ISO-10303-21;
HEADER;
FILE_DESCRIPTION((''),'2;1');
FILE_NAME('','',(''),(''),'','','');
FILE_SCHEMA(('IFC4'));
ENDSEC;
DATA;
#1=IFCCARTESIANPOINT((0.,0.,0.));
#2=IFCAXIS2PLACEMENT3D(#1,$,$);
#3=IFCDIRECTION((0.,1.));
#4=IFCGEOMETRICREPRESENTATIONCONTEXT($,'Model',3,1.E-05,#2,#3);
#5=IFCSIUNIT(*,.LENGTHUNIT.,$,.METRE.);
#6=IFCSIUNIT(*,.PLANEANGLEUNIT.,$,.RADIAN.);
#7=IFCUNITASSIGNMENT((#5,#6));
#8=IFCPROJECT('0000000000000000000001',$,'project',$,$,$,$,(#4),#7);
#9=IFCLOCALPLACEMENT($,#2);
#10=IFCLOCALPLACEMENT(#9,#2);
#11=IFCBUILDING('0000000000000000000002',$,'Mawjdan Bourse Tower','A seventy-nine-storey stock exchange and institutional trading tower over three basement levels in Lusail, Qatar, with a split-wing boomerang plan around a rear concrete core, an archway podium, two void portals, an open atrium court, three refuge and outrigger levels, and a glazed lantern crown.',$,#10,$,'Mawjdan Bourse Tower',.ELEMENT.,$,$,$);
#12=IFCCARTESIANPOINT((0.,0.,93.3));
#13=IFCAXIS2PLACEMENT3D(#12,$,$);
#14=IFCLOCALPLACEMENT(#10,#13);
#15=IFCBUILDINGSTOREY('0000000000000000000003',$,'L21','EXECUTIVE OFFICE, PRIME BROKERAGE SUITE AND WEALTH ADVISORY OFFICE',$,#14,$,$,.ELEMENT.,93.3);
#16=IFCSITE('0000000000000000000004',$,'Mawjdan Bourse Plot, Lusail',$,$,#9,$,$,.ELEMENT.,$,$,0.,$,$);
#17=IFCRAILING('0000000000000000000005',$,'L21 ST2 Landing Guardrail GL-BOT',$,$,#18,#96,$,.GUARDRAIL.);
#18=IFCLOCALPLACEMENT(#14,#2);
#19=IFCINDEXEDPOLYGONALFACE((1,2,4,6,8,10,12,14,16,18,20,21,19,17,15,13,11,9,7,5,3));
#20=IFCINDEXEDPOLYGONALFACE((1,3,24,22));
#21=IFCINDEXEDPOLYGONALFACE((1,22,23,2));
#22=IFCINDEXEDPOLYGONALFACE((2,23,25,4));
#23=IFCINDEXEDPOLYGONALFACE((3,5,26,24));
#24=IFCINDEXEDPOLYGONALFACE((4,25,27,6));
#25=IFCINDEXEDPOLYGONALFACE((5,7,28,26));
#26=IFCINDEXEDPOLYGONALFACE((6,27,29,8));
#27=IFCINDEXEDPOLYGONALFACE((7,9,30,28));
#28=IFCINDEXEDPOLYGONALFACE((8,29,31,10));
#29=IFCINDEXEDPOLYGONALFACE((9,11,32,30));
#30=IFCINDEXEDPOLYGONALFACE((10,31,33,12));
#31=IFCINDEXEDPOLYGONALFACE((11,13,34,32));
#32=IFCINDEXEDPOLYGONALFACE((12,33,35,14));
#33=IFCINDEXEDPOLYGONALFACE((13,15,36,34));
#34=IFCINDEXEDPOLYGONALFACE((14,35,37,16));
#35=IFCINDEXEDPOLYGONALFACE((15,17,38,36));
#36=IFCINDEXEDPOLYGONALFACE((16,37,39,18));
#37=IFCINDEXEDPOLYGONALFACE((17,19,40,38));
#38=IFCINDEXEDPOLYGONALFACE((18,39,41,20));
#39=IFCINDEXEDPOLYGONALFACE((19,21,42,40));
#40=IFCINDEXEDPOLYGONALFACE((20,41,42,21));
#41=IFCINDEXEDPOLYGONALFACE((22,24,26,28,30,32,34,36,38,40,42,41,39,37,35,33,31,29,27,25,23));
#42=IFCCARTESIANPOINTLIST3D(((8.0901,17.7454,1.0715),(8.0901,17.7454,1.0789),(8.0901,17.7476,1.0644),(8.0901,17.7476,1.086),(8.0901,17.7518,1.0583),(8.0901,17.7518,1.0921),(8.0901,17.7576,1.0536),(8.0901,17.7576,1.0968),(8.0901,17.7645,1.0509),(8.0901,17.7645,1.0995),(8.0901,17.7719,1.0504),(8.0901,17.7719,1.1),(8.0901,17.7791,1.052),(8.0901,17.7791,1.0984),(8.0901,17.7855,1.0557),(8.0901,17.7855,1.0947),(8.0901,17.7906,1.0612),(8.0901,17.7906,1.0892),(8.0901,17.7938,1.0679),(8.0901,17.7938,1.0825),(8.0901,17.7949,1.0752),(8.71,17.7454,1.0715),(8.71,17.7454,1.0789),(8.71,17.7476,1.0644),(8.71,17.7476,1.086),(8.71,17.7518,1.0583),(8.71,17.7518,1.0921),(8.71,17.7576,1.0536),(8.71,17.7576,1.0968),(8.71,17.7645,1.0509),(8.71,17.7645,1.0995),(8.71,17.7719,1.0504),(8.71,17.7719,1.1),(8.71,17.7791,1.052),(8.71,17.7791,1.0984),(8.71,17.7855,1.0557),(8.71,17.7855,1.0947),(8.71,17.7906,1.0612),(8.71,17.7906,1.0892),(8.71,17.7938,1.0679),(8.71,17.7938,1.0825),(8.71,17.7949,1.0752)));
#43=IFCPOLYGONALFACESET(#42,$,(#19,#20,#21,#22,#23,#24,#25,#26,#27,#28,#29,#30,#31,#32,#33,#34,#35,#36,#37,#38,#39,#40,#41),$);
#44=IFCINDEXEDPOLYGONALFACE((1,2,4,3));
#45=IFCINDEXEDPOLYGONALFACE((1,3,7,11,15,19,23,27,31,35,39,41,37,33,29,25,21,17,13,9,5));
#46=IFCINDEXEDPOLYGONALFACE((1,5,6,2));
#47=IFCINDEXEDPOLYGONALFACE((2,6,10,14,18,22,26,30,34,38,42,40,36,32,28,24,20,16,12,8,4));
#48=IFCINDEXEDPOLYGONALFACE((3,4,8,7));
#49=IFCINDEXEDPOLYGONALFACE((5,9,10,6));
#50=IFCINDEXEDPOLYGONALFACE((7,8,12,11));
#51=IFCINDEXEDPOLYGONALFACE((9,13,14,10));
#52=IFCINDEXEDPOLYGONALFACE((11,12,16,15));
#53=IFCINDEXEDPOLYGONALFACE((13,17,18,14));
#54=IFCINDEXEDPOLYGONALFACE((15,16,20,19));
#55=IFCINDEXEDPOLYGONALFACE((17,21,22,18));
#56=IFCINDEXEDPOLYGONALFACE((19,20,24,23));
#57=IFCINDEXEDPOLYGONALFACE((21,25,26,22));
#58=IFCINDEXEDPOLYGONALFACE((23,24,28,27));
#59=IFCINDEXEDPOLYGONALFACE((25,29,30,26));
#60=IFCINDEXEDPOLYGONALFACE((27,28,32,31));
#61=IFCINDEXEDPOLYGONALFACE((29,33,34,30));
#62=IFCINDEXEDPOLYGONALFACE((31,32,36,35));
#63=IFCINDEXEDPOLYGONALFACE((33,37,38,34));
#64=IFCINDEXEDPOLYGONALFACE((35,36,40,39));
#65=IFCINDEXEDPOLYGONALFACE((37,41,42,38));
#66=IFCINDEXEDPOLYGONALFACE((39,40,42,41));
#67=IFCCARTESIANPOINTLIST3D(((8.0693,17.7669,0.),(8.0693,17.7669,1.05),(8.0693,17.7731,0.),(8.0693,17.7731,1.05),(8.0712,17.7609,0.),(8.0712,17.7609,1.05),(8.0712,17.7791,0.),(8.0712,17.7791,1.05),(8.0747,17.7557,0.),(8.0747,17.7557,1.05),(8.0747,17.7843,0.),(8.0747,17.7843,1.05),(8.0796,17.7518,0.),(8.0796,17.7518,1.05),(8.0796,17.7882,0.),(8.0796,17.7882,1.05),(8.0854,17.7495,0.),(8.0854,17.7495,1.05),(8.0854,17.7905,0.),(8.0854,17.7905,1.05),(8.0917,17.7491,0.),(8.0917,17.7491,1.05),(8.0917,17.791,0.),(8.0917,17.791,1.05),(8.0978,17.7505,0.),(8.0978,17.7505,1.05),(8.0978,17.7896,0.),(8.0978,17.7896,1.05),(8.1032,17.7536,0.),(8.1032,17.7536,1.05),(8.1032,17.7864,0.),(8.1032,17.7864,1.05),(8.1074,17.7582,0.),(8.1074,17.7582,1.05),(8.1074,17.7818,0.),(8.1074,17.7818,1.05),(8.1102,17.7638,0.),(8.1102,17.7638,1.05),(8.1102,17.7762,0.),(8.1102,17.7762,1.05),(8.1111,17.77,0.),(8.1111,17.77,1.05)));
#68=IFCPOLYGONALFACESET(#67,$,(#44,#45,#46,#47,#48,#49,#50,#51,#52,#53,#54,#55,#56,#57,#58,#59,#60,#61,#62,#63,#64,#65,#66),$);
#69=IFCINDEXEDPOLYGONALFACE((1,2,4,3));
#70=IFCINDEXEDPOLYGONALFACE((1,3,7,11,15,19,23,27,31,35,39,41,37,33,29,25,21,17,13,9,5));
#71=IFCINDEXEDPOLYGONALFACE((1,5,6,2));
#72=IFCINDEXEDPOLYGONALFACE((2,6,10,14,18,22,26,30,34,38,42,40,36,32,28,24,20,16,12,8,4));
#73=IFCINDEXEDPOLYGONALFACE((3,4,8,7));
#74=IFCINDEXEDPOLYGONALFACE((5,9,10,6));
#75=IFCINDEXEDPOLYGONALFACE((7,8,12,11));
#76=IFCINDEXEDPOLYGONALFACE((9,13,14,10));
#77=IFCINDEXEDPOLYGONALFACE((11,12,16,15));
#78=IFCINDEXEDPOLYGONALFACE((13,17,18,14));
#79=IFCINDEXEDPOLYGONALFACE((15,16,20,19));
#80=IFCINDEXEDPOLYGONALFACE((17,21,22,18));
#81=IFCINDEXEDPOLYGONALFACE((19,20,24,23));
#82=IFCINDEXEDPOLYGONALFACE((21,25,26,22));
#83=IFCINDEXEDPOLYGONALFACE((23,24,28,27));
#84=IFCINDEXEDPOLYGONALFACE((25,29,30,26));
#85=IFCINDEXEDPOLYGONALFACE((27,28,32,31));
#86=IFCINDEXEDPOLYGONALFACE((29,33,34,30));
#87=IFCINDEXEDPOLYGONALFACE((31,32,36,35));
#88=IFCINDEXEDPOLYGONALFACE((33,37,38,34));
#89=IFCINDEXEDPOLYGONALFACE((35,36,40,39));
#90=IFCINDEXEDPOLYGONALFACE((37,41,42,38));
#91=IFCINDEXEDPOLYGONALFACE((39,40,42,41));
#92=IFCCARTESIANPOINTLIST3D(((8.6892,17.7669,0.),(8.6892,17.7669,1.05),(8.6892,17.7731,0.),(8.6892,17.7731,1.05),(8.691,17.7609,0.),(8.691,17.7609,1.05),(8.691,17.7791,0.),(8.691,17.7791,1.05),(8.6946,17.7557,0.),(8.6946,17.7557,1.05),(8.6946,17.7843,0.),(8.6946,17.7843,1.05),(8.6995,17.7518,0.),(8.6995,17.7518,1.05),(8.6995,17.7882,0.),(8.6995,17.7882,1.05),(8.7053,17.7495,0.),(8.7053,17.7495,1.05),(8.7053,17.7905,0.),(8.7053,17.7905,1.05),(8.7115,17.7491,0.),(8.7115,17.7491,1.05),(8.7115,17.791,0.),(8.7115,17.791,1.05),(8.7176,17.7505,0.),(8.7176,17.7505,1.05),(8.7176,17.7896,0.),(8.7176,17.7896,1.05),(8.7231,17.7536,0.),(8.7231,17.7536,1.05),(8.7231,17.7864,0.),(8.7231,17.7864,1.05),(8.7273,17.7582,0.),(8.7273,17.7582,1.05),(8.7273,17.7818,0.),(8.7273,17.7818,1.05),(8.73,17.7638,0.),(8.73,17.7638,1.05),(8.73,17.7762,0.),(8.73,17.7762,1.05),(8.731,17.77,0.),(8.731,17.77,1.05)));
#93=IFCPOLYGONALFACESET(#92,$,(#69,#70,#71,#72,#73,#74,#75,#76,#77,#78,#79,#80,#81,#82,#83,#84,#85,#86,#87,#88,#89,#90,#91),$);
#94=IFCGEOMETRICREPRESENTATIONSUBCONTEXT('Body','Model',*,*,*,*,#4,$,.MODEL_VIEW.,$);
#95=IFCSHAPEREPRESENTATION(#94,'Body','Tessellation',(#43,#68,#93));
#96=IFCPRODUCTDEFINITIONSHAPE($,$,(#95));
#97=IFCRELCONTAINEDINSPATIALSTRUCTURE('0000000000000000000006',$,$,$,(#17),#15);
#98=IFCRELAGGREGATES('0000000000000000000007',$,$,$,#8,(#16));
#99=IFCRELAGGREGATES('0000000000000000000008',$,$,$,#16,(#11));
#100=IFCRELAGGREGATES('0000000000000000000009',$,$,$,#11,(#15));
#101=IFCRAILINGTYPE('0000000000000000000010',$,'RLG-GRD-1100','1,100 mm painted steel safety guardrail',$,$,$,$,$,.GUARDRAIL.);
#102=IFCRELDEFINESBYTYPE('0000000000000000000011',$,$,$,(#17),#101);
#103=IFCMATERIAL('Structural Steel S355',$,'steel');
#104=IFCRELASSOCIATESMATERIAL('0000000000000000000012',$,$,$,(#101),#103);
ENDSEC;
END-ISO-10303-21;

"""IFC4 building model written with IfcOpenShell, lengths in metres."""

from ifc_helpers import new_model, si_unit, direction, frame, origin, origin_2d, place, context, subcontext, project, spatial, circle, extrude, material, type_object, element, save


model = new_model("IFC4")

# Units and contexts
model_context = context("Model", 3, precision=1e-05, world=origin(), true_north=direction((0.0, 1.0)))
body_context = subcontext(model_context, "Body", "Model", "MODEL_VIEW")
ifc_project = project(units=[si_unit("LENGTHUNIT", "METRE"), si_unit("PLANEANGLEUNIT", "RADIAN")], contexts=[model_context])

# Site, building, storey
site_placement = place(None, origin())
site = spatial("IfcSite", under=ifc_project, at=site_placement, Name="Mawjdan Bourse Plot, Lusail", CompositionType="ELEMENT", RefElevation=0.0)
building_placement = place(site_placement, origin())
building = spatial("IfcBuilding", under=site, at=building_placement, Name="Mawjdan Bourse Tower", Description="A seventy-nine-storey stock exchange and institutional trading tower over three basement levels in Lusail, Qatar, with a split-wing boomerang plan around a rear concrete core, an archway podium, two void portals, an open atrium court, three refuge and outrigger levels, and a glazed lantern crown.", LongName="Mawjdan Bourse Tower", CompositionType="ELEMENT")
storey_placement = place(building_placement, frame((0.0, 0.0, 93.3)))
storey = spatial("IfcBuildingStorey", under=building, at=storey_placement, Name="L21", Description="EXECUTIVE OFFICE, PRIME BROKERAGE SUITE AND WEALTH ADVISORY OFFICE", CompositionType="ELEMENT", Elevation=93.3)

# Railing
ifc_material_1 = material(Name="Structural Steel S355", Category="steel")
railing_type_1 = type_object("IfcRailingType", Name="RLG-GRD-1100", Description="1,100 mm painted steel safety guardrail", PredefinedType="GUARDRAIL", material=ifc_material_1)
for number, where, name in (
    (1, (8.0901, 17.77, 0.0), "L21 ST2 Landing Guardrail GL-BOT"),
):
    element("IfcRailing", number, at=place(storey_placement, frame(where)), inside=storey, type_object=railing_type_1, Name=name, PredefinedType="GUARDRAIL", context=body_context, shape_type="SweptSolid", body=[
        extrude(circle(Radius=0.0249, at=origin_2d()), frame((0.0, 0.0, 1.0752), z_axis=(1.0, 0.0, 0.0), x_axis=(0.0, 1.0, 0.0)), (0.0, 0.0, 1.0), 0.6199),
        extrude(circle(Radius=0.021, at=origin_2d()), origin(), (0.0, 0.0, 1.0), 1.05),
        extrude(circle(Radius=0.021, at=origin_2d()), frame((0.6199, 0.0, 0.0)), (0.0, 0.0, 1.0), 1.05),
    ])

save(model, "model.ifc")
